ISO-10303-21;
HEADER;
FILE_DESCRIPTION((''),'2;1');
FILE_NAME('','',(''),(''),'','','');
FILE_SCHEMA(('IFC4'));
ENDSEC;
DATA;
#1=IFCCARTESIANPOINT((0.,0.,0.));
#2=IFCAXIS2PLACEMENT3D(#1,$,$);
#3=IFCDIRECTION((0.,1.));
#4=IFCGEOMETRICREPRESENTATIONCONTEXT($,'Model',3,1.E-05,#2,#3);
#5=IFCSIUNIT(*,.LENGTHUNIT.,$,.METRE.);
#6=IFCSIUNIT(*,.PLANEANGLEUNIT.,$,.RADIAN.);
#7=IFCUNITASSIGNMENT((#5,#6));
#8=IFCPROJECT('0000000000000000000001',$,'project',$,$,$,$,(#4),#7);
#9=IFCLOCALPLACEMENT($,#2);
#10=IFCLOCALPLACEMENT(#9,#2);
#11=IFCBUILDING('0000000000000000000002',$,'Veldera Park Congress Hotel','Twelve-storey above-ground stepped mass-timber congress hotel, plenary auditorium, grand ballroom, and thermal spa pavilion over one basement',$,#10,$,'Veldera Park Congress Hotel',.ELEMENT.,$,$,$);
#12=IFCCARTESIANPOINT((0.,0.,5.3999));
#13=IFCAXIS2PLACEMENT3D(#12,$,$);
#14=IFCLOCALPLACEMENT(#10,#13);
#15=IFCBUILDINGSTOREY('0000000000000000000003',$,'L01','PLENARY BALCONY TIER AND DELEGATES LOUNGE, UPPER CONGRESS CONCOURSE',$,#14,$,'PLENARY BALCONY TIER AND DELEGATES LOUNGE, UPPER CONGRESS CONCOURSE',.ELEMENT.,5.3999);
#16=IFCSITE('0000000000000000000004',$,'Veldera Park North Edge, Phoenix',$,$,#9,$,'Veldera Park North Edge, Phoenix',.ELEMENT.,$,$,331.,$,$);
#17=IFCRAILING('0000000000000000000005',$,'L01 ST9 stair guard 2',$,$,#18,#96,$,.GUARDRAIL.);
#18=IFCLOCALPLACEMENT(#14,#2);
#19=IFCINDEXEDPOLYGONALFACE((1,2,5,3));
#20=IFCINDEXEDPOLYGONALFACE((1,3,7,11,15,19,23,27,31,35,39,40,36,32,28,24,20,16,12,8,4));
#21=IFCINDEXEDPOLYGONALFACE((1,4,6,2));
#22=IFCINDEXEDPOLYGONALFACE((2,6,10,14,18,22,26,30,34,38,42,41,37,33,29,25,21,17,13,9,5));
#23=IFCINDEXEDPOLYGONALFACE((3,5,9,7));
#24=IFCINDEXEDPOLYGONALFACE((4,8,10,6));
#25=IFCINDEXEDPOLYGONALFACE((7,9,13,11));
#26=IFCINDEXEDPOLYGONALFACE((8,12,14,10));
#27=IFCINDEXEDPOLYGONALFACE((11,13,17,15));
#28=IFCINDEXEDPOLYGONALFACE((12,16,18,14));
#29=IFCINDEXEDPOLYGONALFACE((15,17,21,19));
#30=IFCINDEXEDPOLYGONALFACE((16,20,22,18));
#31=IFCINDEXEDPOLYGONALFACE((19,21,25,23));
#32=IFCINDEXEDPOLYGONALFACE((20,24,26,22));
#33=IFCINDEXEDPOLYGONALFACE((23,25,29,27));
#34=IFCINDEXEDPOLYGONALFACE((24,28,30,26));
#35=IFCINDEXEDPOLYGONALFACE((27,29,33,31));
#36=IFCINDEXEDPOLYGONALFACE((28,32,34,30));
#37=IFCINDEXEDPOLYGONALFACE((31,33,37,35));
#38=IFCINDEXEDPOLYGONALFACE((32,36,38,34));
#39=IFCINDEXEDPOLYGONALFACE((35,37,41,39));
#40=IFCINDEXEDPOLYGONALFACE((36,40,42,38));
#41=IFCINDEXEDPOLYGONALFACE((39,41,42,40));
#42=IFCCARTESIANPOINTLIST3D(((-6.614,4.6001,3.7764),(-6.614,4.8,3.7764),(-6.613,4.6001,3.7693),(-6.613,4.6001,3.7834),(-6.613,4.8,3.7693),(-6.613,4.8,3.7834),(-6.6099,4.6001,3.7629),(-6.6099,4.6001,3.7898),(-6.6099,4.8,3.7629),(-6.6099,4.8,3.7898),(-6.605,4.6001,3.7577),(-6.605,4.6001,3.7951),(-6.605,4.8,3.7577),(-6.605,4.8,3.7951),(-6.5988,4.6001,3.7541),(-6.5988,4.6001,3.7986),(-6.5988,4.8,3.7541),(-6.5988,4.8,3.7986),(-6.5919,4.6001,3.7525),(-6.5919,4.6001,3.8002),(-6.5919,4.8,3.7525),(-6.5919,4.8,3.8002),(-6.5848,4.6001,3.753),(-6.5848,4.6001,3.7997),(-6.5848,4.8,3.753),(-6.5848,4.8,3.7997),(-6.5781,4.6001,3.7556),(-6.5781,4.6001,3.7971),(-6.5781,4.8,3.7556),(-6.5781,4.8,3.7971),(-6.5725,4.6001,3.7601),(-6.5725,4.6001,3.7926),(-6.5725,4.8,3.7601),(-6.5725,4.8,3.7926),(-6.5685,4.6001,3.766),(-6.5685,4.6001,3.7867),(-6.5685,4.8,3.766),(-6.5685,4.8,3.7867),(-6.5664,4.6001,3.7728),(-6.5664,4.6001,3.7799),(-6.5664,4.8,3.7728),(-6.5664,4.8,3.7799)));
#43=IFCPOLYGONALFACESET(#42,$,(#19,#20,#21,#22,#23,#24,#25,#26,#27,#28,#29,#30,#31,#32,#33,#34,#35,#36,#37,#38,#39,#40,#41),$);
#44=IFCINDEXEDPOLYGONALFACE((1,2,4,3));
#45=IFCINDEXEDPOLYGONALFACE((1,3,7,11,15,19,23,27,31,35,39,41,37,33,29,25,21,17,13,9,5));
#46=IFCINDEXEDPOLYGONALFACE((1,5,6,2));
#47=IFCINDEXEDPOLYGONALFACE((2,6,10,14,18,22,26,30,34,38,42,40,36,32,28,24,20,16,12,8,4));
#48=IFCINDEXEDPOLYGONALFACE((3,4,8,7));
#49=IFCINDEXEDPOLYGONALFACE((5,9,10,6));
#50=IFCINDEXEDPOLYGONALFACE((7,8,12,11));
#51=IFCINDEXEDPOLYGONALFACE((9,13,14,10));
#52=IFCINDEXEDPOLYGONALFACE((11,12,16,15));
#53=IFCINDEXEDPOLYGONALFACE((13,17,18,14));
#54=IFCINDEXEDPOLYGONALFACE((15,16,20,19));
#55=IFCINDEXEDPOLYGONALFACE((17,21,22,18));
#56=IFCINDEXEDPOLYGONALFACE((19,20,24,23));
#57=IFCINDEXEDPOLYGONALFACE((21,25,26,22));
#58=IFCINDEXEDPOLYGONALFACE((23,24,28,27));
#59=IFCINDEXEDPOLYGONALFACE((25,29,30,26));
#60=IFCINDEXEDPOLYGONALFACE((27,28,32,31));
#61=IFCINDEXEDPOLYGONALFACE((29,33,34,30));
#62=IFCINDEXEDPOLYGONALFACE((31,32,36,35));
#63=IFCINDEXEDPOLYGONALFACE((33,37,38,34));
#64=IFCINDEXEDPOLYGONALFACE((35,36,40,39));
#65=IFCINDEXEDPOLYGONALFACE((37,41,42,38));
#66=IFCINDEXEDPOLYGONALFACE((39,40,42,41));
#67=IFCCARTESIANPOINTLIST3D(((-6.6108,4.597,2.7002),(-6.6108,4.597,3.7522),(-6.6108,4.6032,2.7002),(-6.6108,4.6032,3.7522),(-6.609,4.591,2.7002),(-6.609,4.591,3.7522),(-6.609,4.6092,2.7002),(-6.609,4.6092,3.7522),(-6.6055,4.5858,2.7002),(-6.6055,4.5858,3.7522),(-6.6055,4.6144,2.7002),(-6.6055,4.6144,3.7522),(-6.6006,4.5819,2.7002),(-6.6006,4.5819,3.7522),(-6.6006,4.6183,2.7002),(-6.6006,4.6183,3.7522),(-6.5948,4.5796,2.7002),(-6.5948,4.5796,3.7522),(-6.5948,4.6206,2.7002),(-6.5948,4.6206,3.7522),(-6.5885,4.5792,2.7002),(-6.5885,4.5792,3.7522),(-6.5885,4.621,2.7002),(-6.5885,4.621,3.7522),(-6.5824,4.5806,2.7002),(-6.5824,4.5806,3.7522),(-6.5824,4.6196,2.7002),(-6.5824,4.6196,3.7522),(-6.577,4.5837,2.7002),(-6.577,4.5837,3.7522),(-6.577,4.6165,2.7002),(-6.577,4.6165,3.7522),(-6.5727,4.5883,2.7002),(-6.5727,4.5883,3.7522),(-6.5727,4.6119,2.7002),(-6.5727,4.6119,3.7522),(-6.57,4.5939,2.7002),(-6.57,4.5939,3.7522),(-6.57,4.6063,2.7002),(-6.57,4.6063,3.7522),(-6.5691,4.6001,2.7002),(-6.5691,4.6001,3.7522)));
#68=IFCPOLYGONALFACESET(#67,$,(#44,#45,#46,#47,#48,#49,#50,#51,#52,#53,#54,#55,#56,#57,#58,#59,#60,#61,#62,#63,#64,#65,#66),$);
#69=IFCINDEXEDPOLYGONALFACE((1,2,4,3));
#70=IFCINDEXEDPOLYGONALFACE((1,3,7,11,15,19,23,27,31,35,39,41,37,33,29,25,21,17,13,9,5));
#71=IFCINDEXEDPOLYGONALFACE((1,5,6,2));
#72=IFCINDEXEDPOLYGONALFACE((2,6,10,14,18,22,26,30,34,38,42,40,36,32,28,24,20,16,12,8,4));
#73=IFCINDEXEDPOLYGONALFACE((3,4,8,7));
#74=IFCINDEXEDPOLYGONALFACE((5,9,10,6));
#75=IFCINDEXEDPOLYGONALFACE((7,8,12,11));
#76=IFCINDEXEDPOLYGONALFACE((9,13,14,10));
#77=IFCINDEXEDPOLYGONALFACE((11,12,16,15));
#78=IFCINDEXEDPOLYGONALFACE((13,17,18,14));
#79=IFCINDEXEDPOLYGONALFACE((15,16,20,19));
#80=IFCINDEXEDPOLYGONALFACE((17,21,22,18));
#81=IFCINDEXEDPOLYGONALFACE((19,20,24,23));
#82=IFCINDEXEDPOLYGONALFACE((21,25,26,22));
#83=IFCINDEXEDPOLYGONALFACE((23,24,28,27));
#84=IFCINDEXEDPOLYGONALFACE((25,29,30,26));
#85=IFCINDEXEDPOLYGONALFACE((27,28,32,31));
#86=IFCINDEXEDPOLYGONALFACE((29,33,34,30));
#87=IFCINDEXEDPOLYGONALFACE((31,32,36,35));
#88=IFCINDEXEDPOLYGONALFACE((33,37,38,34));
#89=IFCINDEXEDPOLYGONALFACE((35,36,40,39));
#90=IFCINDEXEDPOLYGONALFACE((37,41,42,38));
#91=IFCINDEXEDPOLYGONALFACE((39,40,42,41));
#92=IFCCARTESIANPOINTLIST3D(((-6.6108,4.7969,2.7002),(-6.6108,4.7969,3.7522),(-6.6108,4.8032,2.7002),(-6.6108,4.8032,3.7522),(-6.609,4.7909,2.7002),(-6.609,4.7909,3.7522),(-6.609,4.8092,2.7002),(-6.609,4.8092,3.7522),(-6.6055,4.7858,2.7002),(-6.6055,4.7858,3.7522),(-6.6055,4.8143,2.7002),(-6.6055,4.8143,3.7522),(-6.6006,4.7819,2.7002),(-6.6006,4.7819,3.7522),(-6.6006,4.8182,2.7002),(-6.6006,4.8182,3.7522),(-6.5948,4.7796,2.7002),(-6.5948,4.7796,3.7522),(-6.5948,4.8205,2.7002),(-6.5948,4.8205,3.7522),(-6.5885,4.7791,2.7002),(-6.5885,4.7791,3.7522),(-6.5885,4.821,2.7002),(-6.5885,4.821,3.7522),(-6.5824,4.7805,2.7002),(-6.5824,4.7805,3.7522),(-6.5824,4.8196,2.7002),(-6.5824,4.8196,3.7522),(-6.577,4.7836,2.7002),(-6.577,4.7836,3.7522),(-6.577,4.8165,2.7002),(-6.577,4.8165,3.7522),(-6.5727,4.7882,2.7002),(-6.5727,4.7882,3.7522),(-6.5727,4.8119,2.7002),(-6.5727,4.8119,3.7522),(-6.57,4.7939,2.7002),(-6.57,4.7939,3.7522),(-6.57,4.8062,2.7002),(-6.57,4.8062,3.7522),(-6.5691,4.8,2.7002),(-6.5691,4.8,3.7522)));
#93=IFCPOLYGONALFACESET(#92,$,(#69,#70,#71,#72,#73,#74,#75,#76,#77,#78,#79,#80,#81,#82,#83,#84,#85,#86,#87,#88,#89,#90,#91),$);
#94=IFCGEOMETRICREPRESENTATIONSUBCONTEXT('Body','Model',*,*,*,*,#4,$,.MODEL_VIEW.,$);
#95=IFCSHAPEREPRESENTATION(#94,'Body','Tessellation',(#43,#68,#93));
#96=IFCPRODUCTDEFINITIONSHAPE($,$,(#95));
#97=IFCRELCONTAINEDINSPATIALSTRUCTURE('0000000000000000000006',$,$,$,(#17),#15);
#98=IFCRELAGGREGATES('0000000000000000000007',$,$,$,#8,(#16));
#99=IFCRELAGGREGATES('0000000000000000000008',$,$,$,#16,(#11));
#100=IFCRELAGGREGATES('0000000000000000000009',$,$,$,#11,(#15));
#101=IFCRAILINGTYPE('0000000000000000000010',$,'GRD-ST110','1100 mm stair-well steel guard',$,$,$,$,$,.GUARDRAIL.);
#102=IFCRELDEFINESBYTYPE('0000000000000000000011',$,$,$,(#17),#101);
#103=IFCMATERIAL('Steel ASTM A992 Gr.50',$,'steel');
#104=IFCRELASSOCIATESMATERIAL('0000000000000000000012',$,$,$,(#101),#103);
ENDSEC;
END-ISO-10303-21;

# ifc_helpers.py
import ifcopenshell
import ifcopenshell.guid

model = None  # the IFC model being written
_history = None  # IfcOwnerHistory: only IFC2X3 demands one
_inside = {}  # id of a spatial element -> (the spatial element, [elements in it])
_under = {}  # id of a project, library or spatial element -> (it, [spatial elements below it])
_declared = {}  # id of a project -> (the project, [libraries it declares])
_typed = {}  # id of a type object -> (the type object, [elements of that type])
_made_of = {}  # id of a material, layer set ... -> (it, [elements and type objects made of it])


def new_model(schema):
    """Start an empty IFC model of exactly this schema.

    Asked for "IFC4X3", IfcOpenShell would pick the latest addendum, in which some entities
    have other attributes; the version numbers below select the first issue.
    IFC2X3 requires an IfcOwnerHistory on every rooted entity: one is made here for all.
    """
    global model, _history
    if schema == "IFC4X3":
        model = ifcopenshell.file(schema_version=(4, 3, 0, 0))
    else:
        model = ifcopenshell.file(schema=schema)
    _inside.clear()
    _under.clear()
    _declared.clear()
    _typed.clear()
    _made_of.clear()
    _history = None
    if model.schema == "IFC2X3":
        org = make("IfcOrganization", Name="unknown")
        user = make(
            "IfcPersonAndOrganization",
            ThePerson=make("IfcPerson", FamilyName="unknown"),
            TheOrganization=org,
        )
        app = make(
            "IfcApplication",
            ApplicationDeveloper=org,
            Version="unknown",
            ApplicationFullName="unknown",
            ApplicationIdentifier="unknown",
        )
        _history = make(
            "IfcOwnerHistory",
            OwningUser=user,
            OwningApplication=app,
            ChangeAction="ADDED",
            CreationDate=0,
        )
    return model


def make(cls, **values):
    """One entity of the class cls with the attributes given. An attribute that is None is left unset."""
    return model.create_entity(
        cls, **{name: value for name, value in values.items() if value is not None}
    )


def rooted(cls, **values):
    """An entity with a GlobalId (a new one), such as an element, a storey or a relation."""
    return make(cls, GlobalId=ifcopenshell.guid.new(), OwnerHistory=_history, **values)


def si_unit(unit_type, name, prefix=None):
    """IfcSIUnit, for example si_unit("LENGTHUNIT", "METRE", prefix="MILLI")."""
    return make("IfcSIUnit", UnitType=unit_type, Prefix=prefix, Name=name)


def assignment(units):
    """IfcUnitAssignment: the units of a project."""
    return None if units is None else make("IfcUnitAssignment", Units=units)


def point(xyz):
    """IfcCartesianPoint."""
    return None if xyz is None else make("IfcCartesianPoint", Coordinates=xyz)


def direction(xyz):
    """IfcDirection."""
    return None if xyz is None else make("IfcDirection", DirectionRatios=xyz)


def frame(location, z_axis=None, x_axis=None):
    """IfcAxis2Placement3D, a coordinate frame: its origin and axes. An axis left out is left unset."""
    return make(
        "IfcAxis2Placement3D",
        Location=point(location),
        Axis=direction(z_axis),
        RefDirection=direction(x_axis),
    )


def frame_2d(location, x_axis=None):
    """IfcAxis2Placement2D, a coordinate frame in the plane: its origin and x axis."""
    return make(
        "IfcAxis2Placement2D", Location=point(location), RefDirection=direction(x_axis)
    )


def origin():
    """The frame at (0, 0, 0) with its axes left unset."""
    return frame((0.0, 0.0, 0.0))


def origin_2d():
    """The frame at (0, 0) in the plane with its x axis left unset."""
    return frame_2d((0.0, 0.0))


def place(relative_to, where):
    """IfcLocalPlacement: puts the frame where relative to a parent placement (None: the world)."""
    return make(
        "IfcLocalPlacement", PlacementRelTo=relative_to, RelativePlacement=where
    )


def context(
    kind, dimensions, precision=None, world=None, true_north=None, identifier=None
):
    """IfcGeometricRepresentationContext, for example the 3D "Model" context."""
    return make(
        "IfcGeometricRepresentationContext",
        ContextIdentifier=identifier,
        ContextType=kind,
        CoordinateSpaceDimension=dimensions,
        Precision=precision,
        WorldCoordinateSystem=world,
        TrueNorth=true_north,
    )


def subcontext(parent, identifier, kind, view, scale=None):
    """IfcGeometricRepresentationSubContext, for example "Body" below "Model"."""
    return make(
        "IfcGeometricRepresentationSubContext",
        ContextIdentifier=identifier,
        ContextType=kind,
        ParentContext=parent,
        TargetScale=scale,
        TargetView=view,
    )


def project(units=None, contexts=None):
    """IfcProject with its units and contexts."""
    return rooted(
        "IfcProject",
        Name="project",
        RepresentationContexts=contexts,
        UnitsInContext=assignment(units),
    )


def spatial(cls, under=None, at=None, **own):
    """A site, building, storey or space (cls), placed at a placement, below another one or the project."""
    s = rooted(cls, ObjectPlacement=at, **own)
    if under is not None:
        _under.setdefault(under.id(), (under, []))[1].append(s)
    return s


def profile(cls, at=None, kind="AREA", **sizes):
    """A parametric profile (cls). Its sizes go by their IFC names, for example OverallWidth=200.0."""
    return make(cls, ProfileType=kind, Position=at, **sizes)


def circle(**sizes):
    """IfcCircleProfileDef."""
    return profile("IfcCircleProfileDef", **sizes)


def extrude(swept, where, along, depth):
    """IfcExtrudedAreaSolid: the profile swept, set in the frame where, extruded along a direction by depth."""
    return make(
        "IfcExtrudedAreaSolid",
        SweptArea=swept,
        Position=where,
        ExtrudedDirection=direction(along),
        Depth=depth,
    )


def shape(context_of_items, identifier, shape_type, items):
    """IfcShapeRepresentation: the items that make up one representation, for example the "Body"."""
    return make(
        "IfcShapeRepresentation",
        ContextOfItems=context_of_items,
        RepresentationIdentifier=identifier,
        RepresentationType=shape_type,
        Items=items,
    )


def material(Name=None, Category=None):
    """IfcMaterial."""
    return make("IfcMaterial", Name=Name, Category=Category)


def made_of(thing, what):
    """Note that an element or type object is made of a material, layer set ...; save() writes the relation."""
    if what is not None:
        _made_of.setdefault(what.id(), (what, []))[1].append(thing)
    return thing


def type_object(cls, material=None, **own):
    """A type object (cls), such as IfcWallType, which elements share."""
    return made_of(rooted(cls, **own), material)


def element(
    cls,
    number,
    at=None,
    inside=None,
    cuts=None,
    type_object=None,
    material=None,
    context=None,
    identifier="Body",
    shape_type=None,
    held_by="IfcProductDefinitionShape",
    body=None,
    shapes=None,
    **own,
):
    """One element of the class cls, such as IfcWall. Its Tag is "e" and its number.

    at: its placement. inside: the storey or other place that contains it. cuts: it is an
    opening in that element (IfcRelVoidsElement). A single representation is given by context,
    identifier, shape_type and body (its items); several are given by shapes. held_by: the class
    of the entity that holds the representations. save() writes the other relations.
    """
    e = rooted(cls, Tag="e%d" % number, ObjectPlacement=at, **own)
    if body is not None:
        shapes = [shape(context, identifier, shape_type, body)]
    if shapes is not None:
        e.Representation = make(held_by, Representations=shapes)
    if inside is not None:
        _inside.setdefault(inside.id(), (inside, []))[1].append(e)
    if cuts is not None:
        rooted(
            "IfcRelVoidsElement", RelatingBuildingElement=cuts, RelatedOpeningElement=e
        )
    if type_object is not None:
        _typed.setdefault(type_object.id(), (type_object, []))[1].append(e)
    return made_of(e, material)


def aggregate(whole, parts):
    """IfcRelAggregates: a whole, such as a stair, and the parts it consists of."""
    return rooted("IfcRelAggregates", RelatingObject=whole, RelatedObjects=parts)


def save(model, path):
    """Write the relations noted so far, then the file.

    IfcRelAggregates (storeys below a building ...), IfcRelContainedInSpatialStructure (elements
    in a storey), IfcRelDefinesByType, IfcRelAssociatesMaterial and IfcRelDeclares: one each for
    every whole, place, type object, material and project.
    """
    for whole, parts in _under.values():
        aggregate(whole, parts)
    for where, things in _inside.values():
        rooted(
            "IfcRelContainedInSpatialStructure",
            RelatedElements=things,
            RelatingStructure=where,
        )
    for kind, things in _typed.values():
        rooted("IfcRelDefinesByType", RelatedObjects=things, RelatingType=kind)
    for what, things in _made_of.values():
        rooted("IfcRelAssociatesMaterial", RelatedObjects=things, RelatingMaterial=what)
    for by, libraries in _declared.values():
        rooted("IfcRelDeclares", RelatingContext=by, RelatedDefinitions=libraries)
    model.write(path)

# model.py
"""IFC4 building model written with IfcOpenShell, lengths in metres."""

from ifc_helpers import new_model, si_unit, direction, frame, origin, origin_2d, place, context, subcontext, project, spatial, circle, extrude, material, type_object, element, save


model = new_model("IFC4")

# Units and contexts
model_context = context("Model", 3, precision=1e-05, world=origin(), true_north=direction((0.0, 1.0)))
body_context = subcontext(model_context, "Body", "Model", "MODEL_VIEW")
ifc_project = project(units=[si_unit("LENGTHUNIT", "METRE"), si_unit("PLANEANGLEUNIT", "RADIAN")], contexts=[model_context])

# Site, building, storey
site_placement = place(None, origin())
site = spatial("IfcSite", under=ifc_project, at=site_placement, Name="Veldera Park North Edge, Phoenix", LongName="Veldera Park North Edge, Phoenix", CompositionType="ELEMENT", RefElevation=331.0)
building_placement = place(site_placement, origin())
building = spatial("IfcBuilding", under=site, at=building_placement, Name="Veldera Park Congress Hotel", Description="Twelve-storey above-ground stepped mass-timber congress hotel, plenary auditorium, grand ballroom, and thermal spa pavilion over one basement", LongName="Veldera Park Congress Hotel", CompositionType="ELEMENT")
storey_placement = place(building_placement, frame((0.0, 0.0, 5.3999)))
storey = spatial("IfcBuildingStorey", under=building, at=storey_placement, Name="L01", Description="PLENARY BALCONY TIER AND DELEGATES LOUNGE, UPPER CONGRESS CONCOURSE", LongName="PLENARY BALCONY TIER AND DELEGATES LOUNGE, UPPER CONGRESS CONCOURSE", CompositionType="ELEMENT", Elevation=5.3999)

# Shared definitions
ifc_material_1 = material(Name="Steel ASTM A992 Gr.50", Category="steel")

# Railing
railing_type_1 = type_object("IfcRailingType", Name="GRD-ST110", Description="1100 mm stair-well steel guard", PredefinedType="GUARDRAIL", material=ifc_material_1)
railing_1_placement = place(storey_placement, frame((-6.5901, 4.6001, 2.7002)))
element("IfcRailing", 1, at=railing_1_placement, inside=storey, type_object=railing_type_1, Name="L01 ST9 stair guard 2", PredefinedType="GUARDRAIL", context=body_context, shape_type="SweptSolid", body=[
    extrude(circle(Radius=0.0239, at=origin_2d()), frame((0.0, 0.0, 1.0762), z_axis=(0.0, 1.0, 0.0), x_axis=(-1.0, 0.0, 0.0)), (0.0, 0.0, 1.0), 0.2),
    extrude(circle(Radius=0.021, at=origin_2d()), origin(), (0.0, 0.0, 1.0), 1.052),
    extrude(circle(Radius=0.021, at=origin_2d()), frame((0.0, 0.2, 0.0)), (0.0, 0.0, 1.0), 1.052),
])

save(model, "model.ifc")
